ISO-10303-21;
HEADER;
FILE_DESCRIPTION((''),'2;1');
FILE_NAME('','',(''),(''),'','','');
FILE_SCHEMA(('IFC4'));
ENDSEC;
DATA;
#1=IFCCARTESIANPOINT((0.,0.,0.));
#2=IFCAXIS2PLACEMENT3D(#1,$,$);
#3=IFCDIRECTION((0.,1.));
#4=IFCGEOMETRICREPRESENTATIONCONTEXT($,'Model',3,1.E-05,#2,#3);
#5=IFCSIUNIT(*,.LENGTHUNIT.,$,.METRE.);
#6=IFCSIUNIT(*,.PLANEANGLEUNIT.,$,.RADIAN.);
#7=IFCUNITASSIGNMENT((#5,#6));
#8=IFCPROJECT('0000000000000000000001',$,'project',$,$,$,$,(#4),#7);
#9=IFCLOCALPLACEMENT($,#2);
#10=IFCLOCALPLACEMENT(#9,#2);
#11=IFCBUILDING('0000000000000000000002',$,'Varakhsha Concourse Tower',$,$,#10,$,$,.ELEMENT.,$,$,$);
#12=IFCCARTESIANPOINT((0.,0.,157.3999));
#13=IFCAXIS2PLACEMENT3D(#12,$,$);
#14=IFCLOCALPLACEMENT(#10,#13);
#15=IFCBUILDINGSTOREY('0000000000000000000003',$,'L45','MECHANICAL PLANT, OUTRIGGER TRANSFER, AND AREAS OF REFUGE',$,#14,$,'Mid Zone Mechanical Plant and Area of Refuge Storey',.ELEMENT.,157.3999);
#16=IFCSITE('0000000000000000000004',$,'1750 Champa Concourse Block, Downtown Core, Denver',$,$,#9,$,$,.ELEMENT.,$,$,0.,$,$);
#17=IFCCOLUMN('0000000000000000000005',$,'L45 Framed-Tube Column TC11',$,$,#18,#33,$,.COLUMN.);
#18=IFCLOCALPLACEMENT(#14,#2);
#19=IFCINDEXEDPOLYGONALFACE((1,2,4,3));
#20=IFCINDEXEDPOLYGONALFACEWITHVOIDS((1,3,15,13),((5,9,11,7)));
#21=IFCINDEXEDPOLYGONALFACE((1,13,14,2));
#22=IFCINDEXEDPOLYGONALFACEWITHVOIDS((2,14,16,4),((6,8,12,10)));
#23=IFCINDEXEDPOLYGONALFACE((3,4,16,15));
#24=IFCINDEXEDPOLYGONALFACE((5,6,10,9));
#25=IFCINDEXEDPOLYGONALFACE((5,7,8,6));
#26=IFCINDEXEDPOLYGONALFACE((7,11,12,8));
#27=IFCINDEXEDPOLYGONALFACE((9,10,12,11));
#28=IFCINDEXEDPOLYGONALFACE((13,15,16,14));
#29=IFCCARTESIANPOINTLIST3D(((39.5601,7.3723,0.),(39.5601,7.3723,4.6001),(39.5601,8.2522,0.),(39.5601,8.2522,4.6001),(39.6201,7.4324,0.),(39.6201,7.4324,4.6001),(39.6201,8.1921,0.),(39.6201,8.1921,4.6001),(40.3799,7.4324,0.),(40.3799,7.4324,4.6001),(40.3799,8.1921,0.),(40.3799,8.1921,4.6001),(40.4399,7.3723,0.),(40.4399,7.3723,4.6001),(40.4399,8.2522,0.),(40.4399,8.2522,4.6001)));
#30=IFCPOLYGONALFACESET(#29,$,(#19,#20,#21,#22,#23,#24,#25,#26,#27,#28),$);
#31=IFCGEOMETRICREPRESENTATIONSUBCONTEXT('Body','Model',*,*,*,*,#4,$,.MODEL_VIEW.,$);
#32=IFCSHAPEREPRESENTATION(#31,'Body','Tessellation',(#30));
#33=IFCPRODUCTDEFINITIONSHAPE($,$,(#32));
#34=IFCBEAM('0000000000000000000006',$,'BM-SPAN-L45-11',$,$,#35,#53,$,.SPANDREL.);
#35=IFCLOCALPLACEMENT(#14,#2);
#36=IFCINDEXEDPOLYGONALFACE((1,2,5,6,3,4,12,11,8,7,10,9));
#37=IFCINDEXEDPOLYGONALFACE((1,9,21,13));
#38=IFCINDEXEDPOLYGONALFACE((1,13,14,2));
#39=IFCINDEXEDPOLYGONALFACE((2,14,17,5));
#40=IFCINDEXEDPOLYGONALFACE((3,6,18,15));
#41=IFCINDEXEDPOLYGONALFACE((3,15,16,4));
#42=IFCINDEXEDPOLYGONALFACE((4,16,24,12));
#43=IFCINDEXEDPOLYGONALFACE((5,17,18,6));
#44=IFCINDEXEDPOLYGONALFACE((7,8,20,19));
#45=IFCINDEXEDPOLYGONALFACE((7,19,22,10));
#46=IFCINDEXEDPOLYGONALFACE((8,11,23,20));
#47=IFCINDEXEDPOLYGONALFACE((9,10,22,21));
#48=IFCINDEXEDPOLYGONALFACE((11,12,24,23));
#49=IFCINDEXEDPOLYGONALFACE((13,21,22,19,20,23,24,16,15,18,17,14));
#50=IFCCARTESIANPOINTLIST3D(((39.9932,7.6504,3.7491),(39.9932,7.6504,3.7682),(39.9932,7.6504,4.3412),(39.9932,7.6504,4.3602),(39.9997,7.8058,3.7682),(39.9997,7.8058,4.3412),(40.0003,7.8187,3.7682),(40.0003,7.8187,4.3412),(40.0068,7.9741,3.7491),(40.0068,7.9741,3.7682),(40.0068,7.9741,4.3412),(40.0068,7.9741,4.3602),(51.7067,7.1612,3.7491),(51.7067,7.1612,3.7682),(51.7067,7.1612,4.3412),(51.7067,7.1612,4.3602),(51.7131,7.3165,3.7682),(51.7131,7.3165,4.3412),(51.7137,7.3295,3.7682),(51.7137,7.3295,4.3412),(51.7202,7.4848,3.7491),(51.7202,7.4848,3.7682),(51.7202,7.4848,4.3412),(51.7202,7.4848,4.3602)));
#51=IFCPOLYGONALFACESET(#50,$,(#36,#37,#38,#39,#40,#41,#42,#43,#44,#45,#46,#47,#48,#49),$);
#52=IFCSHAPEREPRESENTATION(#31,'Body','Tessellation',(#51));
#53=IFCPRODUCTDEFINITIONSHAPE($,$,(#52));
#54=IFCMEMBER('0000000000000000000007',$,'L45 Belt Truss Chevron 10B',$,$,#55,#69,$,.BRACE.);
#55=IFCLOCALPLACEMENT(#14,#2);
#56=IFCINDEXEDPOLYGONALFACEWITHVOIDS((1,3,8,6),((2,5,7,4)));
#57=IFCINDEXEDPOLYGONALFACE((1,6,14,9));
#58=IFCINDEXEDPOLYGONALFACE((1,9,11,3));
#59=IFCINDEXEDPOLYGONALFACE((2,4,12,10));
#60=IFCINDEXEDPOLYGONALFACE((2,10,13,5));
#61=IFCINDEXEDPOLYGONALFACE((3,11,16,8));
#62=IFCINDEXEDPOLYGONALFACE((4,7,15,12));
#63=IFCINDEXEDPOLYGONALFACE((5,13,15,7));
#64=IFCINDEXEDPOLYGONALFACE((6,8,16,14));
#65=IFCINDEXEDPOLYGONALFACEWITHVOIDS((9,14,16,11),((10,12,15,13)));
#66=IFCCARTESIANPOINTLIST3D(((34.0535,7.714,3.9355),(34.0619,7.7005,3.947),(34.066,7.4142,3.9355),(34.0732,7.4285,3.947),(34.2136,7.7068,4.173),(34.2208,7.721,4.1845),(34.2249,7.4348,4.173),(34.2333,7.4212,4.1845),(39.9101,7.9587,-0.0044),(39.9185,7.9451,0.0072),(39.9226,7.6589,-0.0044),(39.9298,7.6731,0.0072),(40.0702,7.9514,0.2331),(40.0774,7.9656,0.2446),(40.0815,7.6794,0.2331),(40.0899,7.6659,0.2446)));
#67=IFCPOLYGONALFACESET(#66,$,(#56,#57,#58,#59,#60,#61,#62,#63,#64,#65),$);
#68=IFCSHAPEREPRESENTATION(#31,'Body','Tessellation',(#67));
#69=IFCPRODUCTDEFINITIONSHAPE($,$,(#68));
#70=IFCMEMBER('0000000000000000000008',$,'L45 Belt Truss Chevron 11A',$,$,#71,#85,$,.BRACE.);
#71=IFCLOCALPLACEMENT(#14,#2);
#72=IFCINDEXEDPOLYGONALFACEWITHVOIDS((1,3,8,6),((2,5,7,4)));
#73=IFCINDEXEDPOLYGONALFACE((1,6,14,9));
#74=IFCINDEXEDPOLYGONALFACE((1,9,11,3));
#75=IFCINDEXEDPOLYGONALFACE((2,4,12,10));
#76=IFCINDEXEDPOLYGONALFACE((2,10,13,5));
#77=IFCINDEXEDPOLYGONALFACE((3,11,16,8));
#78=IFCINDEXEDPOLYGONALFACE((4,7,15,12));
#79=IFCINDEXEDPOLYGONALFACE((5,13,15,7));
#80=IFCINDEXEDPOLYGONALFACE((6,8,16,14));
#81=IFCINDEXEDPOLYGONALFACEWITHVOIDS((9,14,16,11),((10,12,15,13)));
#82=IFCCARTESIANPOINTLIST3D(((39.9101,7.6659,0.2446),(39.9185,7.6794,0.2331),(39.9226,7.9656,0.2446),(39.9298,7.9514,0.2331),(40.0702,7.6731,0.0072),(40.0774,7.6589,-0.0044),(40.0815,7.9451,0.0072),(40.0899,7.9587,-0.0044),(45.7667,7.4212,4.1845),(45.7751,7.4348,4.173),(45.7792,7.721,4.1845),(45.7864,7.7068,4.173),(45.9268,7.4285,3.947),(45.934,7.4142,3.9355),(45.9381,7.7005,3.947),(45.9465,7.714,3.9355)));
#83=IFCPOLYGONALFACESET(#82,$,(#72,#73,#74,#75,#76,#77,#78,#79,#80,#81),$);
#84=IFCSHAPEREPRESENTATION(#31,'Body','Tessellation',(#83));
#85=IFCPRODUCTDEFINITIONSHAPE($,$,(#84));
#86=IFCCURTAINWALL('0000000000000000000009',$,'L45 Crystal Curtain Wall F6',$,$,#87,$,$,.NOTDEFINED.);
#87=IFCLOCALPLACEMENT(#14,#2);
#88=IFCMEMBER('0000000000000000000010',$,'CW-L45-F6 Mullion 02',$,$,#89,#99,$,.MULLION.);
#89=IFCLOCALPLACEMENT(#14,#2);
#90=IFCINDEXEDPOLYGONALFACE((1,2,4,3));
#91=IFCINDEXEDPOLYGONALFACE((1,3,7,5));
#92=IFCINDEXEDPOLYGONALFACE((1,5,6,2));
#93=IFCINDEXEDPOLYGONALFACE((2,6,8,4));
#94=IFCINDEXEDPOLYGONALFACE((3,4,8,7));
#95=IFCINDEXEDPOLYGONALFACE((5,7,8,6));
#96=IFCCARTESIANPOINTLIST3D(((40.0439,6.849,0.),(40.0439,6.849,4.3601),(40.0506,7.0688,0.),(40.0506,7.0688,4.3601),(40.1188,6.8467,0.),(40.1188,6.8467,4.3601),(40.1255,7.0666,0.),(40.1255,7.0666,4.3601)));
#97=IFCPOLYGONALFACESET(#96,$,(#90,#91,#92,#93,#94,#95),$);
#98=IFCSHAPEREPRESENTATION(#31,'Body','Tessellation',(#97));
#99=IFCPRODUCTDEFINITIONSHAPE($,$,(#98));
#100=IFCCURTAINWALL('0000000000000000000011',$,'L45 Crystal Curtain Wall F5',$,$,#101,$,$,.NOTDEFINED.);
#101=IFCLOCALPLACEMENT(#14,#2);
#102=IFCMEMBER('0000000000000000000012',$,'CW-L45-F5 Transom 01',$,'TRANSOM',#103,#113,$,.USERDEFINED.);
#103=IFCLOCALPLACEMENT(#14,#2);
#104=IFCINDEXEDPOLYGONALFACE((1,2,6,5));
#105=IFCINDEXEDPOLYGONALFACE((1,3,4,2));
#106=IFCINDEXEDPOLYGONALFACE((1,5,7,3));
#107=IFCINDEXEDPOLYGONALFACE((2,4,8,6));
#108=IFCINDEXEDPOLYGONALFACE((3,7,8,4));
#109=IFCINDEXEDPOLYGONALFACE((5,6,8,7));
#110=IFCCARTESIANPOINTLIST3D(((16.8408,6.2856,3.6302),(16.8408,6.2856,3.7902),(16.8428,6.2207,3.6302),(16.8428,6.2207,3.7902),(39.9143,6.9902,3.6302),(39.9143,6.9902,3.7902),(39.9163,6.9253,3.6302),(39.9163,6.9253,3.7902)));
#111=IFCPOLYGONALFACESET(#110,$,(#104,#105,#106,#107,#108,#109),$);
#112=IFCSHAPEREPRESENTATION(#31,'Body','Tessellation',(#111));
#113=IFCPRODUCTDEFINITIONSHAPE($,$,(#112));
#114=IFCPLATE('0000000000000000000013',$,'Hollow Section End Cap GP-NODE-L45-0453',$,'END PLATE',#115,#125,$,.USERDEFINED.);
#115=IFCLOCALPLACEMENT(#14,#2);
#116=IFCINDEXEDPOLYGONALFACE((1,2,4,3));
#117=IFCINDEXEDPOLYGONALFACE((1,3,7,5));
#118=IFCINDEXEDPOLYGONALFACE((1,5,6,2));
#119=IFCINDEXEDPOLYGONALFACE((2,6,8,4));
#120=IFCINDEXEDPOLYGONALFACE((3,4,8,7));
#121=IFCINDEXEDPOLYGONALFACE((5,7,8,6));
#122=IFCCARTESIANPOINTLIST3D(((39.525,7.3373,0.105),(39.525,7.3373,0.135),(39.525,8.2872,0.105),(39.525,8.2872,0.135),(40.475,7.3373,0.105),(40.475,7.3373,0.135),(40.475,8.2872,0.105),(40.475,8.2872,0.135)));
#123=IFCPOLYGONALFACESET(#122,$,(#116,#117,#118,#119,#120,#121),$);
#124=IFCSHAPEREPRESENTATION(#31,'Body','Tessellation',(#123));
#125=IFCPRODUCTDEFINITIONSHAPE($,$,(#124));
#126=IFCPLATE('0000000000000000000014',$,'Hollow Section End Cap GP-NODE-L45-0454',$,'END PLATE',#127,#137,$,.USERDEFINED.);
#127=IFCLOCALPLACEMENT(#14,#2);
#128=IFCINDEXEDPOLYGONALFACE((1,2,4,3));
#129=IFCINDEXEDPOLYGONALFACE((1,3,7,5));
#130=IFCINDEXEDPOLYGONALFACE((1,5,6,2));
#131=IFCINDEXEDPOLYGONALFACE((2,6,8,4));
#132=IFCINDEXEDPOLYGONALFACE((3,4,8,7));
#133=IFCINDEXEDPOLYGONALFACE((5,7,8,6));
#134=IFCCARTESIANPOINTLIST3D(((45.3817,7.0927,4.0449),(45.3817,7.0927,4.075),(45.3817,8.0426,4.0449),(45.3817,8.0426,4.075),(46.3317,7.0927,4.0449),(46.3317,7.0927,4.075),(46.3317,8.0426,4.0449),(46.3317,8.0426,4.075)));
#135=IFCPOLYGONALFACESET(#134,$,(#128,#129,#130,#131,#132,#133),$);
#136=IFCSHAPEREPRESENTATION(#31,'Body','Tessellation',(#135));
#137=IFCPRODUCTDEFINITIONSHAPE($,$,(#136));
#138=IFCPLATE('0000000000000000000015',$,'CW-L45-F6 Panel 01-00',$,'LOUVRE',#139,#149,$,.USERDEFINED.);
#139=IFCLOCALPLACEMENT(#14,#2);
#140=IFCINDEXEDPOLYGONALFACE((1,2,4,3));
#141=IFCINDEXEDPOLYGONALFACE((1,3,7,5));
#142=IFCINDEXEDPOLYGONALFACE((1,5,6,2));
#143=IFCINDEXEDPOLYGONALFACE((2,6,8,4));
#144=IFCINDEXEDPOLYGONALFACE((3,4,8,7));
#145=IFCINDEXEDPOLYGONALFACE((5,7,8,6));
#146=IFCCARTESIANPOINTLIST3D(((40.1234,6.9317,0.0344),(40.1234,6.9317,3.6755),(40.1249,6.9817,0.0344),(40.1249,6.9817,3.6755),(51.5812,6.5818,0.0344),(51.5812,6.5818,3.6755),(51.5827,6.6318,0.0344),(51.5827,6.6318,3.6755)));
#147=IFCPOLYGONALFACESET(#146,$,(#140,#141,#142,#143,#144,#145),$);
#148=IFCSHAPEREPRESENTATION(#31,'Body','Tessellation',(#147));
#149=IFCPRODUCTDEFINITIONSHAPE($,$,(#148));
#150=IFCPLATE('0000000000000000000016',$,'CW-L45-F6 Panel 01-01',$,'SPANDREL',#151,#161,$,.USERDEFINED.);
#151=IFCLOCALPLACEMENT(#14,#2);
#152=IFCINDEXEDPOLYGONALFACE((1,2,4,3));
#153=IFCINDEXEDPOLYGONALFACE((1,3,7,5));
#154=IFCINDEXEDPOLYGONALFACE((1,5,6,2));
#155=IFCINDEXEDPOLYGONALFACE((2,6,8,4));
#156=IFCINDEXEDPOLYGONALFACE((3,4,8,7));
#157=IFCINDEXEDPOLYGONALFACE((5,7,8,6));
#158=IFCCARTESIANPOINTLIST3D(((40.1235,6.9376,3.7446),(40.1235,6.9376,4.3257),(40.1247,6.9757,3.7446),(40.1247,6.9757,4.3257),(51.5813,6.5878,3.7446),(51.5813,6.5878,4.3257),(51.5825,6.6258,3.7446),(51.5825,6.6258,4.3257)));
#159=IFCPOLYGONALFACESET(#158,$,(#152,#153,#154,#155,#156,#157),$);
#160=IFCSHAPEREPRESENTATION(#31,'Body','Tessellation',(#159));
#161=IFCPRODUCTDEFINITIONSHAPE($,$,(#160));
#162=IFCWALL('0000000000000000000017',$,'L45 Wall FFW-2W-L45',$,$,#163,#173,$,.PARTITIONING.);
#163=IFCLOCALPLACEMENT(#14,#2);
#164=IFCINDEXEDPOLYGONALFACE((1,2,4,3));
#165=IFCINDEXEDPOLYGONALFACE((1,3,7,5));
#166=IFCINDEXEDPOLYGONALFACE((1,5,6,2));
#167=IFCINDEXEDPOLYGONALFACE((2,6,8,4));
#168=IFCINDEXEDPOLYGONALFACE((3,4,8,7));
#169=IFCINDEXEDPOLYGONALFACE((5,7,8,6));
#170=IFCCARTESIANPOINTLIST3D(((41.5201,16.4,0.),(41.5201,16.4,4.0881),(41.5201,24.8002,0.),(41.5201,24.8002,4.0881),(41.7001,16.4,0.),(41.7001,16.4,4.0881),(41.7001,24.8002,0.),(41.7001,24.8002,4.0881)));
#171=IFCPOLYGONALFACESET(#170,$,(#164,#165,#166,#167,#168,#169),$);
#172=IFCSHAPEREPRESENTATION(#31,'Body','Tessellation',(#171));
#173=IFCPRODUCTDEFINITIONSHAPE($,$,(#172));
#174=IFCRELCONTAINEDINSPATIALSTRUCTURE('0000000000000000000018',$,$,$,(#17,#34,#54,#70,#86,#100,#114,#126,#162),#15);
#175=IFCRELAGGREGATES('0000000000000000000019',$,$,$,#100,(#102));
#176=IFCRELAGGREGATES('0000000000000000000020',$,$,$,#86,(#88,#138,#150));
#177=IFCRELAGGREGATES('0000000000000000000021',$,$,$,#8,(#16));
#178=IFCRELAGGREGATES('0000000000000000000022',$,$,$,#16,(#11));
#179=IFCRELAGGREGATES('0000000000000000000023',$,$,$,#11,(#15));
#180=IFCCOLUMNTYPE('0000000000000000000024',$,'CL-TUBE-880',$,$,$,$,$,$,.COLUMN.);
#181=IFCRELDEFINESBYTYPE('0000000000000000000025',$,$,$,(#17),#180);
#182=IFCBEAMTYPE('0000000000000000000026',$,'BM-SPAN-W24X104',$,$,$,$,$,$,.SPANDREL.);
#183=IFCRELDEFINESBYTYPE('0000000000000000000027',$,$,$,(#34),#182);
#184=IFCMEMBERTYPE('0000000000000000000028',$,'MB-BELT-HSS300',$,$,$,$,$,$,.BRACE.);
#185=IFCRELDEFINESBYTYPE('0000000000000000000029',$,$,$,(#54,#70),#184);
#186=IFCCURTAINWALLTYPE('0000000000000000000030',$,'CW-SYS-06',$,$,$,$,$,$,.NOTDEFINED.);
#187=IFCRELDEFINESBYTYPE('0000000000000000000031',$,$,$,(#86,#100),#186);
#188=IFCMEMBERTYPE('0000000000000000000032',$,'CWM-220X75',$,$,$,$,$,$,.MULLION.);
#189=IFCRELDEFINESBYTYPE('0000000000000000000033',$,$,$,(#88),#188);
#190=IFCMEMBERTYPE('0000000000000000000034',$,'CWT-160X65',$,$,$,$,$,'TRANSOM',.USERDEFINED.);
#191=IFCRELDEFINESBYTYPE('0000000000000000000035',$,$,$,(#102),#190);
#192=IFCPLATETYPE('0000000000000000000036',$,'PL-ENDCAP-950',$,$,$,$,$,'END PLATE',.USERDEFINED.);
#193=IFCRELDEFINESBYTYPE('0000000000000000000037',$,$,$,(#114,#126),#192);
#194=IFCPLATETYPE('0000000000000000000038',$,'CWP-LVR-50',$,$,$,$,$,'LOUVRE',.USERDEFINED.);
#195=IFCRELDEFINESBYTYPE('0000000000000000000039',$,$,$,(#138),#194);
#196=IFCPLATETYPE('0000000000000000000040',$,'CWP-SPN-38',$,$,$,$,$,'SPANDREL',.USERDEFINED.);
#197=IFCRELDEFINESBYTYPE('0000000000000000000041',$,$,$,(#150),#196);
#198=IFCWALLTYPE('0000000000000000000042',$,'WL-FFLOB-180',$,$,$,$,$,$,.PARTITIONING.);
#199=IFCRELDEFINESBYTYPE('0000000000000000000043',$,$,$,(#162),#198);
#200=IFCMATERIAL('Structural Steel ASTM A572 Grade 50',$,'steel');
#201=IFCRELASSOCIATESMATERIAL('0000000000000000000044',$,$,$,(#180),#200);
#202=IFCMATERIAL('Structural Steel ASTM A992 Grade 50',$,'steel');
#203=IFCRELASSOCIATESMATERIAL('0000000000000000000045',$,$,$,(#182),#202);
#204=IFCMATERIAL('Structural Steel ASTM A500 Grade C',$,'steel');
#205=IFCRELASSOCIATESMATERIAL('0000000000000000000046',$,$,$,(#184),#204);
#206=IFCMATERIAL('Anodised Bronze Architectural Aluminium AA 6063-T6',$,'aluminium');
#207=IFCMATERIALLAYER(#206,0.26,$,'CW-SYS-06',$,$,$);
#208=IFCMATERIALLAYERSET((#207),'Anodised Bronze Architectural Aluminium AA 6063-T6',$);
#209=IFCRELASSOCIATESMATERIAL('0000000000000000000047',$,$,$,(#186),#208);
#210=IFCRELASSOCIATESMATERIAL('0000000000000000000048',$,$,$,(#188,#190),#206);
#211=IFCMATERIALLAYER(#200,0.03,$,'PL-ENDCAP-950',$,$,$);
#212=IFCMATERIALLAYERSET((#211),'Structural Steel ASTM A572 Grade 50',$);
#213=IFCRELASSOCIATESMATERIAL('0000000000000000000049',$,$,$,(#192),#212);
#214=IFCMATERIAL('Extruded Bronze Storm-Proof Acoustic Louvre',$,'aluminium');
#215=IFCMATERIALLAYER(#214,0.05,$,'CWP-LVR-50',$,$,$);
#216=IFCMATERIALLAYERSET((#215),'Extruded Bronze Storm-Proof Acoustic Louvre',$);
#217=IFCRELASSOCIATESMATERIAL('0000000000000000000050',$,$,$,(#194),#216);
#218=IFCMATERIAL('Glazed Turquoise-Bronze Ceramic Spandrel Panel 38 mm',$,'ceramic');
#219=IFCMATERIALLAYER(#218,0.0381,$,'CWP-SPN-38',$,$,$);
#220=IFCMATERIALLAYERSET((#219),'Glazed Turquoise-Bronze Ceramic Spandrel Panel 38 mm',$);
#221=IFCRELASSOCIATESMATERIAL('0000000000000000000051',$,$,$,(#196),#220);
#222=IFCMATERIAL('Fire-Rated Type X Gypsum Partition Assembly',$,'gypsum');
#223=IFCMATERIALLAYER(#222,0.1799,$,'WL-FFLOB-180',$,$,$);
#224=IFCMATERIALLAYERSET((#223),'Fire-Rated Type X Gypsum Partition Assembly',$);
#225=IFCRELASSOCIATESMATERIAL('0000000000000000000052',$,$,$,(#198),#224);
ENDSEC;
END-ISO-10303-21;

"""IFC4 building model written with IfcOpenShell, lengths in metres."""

from ifc_helpers import new_model, si_unit, direction, frame, frame_2d, origin, origin_2d, place, context, subcontext, project, spatial, rectangle, hollow_rectangle, i_section, extrude, source, transform, mapped, material, layer, layer_set, material_profile, profile_set, type_object, type_shapes, element, aggregate, save


model = new_model("IFC4")

# Units and contexts
model_context = context("Model", 3, precision=1e-05, world=origin(), true_north=direction((0.0, 1.0)))
body_context = subcontext(model_context, "Body", "Model", "MODEL_VIEW")
ifc_project = project(units=[si_unit("LENGTHUNIT", "METRE"), si_unit("PLANEANGLEUNIT", "RADIAN")], contexts=[model_context])

# Site, building, storey
site_placement = place(None, origin())
site = spatial("IfcSite", under=ifc_project, at=site_placement, Name="1750 Champa Concourse Block, Downtown Core, Denver", CompositionType="ELEMENT", RefElevation=0.0)
building_placement = place(site_placement, origin())
building = spatial("IfcBuilding", under=site, at=building_placement, Name="Varakhsha Concourse Tower", CompositionType="ELEMENT")
storey_placement = place(building_placement, frame((0.0, 0.0, 157.3999)))
storey = spatial("IfcBuildingStorey", under=building, at=storey_placement, Name="L45", Description="MECHANICAL PLANT, OUTRIGGER TRANSFER, AND AREAS OF REFUGE", LongName="Mid Zone Mechanical Plant and Area of Refuge Storey", CompositionType="ELEMENT", Elevation=157.3999)

# Column
ifc_material_1 = material(Name="Structural Steel ASTM A572 Grade 50", Category="steel")
ifc_material_profile_1 = material_profile(ifc_material_1, hollow_rectangle(XDim=0.8799, YDim=0.8799, WallThickness=0.0601, at=origin_2d()), Name="BOX 880x880x60")
ifc_profile_set_1 = profile_set([ifc_material_profile_1], Name="Structural Steel ASTM A572 Grade 50")
column_type = type_object("IfcColumnType", Name="CL-TUBE-880", PredefinedType="COLUMN", material=ifc_profile_set_1)
column_placement = place(storey_placement, frame((40.0, 7.8123, 0.0), z_axis=(0.0, 0.0, 1.0), x_axis=(1.0, 0.0, 0.0)))
element("IfcColumn", 1, at=column_placement, inside=storey, type_object=column_type, Name="L45 Framed-Tube Column TC11", PredefinedType="COLUMN", context=body_context, shape_type="SweptSolid", body=[
    extrude(hollow_rectangle(XDim=0.8799, YDim=0.8799, WallThickness=0.0601, at=origin_2d()), origin(), (0.0, 0.0, 1.0), 4.6001),
])

# Beam
ifc_material_2 = material(Name="Structural Steel ASTM A992 Grade 50", Category="steel")
ifc_material_profile_2 = material_profile(ifc_material_2, i_section(OverallWidth=0.324, OverallDepth=0.6111, WebThickness=0.0129, FlangeThickness=0.019, at=origin_2d()), Name="W24X104")
ifc_profile_set_2 = profile_set([ifc_material_profile_2], Name="Structural Steel ASTM A992 Grade 50")
beam_type = type_object("IfcBeamType", Name="BM-SPAN-W24X104", PredefinedType="SPANDREL", material=ifc_profile_set_2)
beam_placement = place(storey_placement, frame((40.0, 7.8123, 4.0547), z_axis=(0.999129, -0.041733, 0.0), x_axis=(0.041733, 0.999129, 0.0)))
element("IfcBeam", 2, at=beam_placement, inside=storey, type_object=beam_type, Name="BM-SPAN-L45-11", PredefinedType="SPANDREL", context=body_context, shape_type="SweptSolid", body=[
    extrude(i_section(OverallWidth=0.324, OverallDepth=0.6111, WebThickness=0.0129, FlangeThickness=0.019, at=origin_2d()), origin(), (0.0, 0.0, 1.0), 11.7236),
])

# Members
ifc_material_3 = material(Name="Structural Steel ASTM A500 Grade C", Category="steel")
ifc_material_profile_3 = material_profile(ifc_material_3, hollow_rectangle(XDim=0.3, YDim=0.3, WallThickness=0.0139, at=origin_2d()), Name="HSS 300x300x14")
ifc_profile_set_3 = profile_set([ifc_material_profile_3], Name="Structural Steel ASTM A500 Grade C")
member_type_1 = type_object("IfcMemberType", Name="MB-BELT-HSS300", PredefinedType="BRACE", material=ifc_profile_set_3)
shared_shape_1 = source(origin(), body_context, "Body", "SweptSolid", [
    extrude(hollow_rectangle(XDim=0.3, YDim=0.3, WallThickness=0.0139, at=origin_2d()), origin(), (0.0, 0.0, 1.0), 7.0627),
])
type_shapes(member_type_1, [shared_shape_1])
for number, where, z_axis, x_axis, name in (
    (3, (40.0, 7.8123, 0.1201), (-0.829225, -0.034636, 0.55784), (0.041733, -0.999129, 0.0), "L45 Belt Truss Chevron 10B"),
    (4, (40.0, 7.8123, 0.1201), (0.829225, -0.034636, 0.55784), (0.041733, 0.999129, 0.0), "L45 Belt Truss Chevron 11A"),
):
    element("IfcMember", number, at=place(storey_placement, frame(where, z_axis=z_axis, x_axis=x_axis)), inside=storey, type_object=member_type_1, Name=name, PredefinedType="BRACE", context=body_context, shape_type="MappedRepresentation", body=[
        mapped(shared_shape_1, transform((0.0, 0.0, 0.0), scale=1.0)),
    ])

# Curtain walls, members
ifc_material_4 = material(Name="Anodised Bronze Architectural Aluminium AA 6063-T6", Category="aluminium")
ifc_layer_1 = layer(ifc_material_4, 0.26, Name="CW-SYS-06")
ifc_layer_set_1 = layer_set([ifc_layer_1], Name="Anodised Bronze Architectural Aluminium AA 6063-T6")
curtain_wall_type = type_object("IfcCurtainWallType", Name="CW-SYS-06", PredefinedType="NOTDEFINED", material=ifc_layer_set_1)
curtain_wall_1_placement = place(storey_placement, origin())
curtain_wall_1 = element("IfcCurtainWall", 5, at=curtain_wall_1_placement, inside=storey, type_object=curtain_wall_type, Name="L45 Crystal Curtain Wall F6", PredefinedType="NOTDEFINED")
ifc_material_profile_4 = material_profile(ifc_material_4, rectangle(XDim=0.075, YDim=0.22, at=origin_2d()), Name="CWM-220X75")
ifc_profile_set_4 = profile_set([ifc_material_profile_4], Name="Anodised Bronze Architectural Aluminium AA 6063-T6")
member_type_2 = type_object("IfcMemberType", Name="CWM-220X75", PredefinedType="MULLION", material=ifc_profile_set_4)
shared_shape_2 = source(origin(), body_context, "Body", "SweptSolid", [
    extrude(rectangle(XDim=0.075, YDim=0.22, at=origin_2d()), origin(), (0.0, 0.0, 1.0), 4.3601),
])
type_shapes(member_type_2, [shared_shape_2])
member_1_placement = place(storey_placement, frame((40.0847, 6.9578, 0.0), z_axis=(0.0, 0.0, 1.0), x_axis=(-0.999534, 0.030523, 0.0)))
member_1 = element("IfcMember", 6, at=member_1_placement, type_object=member_type_2, Name="CW-L45-F6 Mullion 02", PredefinedType="MULLION", context=body_context, shape_type="MappedRepresentation", body=[
    mapped(shared_shape_2, transform((0.0, 0.0, 0.0), scale=1.0)),
])
curtain_wall_2_placement = place(storey_placement, origin())
curtain_wall_2 = element("IfcCurtainWall", 7, at=curtain_wall_2_placement, inside=storey, type_object=curtain_wall_type, Name="L45 Crystal Curtain Wall F5", PredefinedType="NOTDEFINED")
ifc_material_profile_5 = material_profile(ifc_material_4, rectangle(XDim=0.0649, YDim=0.1599, at=origin_2d()), Name="CWT-160X65")
ifc_profile_set_5 = profile_set([ifc_material_profile_5], Name="Anodised Bronze Architectural Aluminium AA 6063-T6")
member_type_3 = type_object("IfcMemberType", Name="CWT-160X65", ElementType="TRANSOM", PredefinedType="USERDEFINED", material=ifc_profile_set_5)
shared_shape_3 = source(origin(), body_context, "Body", "SweptSolid", [
    extrude(rectangle(XDim=0.0649, YDim=0.1599, at=origin_2d()), origin(), (0.0, 0.0, 1.0), 23.0842),
])
type_shapes(member_type_3, [shared_shape_3])
member_2_placement = place(storey_placement, frame((39.9153, 6.9578, 3.7102), z_axis=(-0.999534, -0.030523, 0.0), x_axis=(0.030523, -0.999534, 0.0)))
member_2 = element("IfcMember", 8, at=member_2_placement, type_object=member_type_3, Name="CW-L45-F5 Transom 01", ObjectType="TRANSOM", PredefinedType="USERDEFINED", context=body_context, shape_type="MappedRepresentation", body=[
    mapped(shared_shape_3, transform((0.0, 0.0, 0.0), scale=1.0)),
])
aggregate(curtain_wall_2, [member_2])

# Plates
ifc_layer_2 = layer(ifc_material_1, 0.03, Name="PL-ENDCAP-950")
ifc_layer_set_2 = layer_set([ifc_layer_2], Name="Structural Steel ASTM A572 Grade 50")
plate_type_1 = type_object("IfcPlateType", Name="PL-ENDCAP-950", ElementType="END PLATE", PredefinedType="USERDEFINED", material=ifc_layer_set_2)
shared_shape_4 = source(origin(), body_context, "Body", "SweptSolid", [
    extrude(rectangle(XDim=0.95, YDim=0.95, at=origin_2d()), origin(), (0.0, 0.0, 1.0), 0.03),
])
type_shapes(plate_type_1, [shared_shape_4])
for number, where, z_axis, x_axis, name in (
    (9, (40.0, 7.8123, 0.105), (0.0, 0.0, 1.0), (1.0, 0.0, 0.0), "Hollow Section End Cap GP-NODE-L45-0453"),
    (10, (45.8567, 7.5676, 4.0449), (0.0, 0.0, 1.0), (1.0, 0.0, 0.0), "Hollow Section End Cap GP-NODE-L45-0454"),
):
    element("IfcPlate", number, at=place(storey_placement, frame(where, z_axis=z_axis, x_axis=x_axis)), inside=storey, type_object=plate_type_1, Name=name, ObjectType="END PLATE", PredefinedType="USERDEFINED", context=body_context, shape_type="MappedRepresentation", body=[
        mapped(shared_shape_4, transform((0.0, 0.0, 0.0), scale=1.0)),
    ])

# Plates
ifc_material_5 = material(Name="Extruded Bronze Storm-Proof Acoustic Louvre", Category="aluminium")
ifc_layer_3 = layer(ifc_material_5, 0.05, Name="CWP-LVR-50")
ifc_layer_set_3 = layer_set([ifc_layer_3], Name="Extruded Bronze Storm-Proof Acoustic Louvre")
plate_type_2 = type_object("IfcPlateType", Name="CWP-LVR-50", ElementType="LOUVRE", PredefinedType="USERDEFINED", material=ifc_layer_set_3)
shared_shape_5 = source(origin(), body_context, "Body", "SweptSolid", [
    extrude(rectangle(XDim=11.4631, YDim=0.05, at=origin_2d()), origin(), (0.0, 0.0, 1.0), 3.6411),
])
type_shapes(plate_type_2, [shared_shape_5])
plate_1_placement = place(storey_placement, frame((45.853, 6.7817, 0.0344), z_axis=(0.0, 0.0, 1.0), x_axis=(-0.999534, 0.030523, 0.0)))
plate_1 = element("IfcPlate", 11, at=plate_1_placement, type_object=plate_type_2, Name="CW-L45-F6 Panel 01-00", ObjectType="LOUVRE", PredefinedType="USERDEFINED", context=body_context, shape_type="MappedRepresentation", body=[
    mapped(shared_shape_5, transform((0.0, 0.0, 0.0), scale=1.0)),
])
ifc_material_6 = material(Name="Glazed Turquoise-Bronze Ceramic Spandrel Panel 38 mm", Category="ceramic")
ifc_layer_4 = layer(ifc_material_6, 0.0381, Name="CWP-SPN-38")
ifc_layer_set_4 = layer_set([ifc_layer_4], Name="Glazed Turquoise-Bronze Ceramic Spandrel Panel 38 mm")
plate_type_3 = type_object("IfcPlateType", Name="CWP-SPN-38", ElementType="SPANDREL", PredefinedType="USERDEFINED", material=ifc_layer_set_4)
shared_shape_6 = source(origin(), body_context, "Body", "SweptSolid", [
    extrude(rectangle(XDim=11.4631, YDim=0.0381, at=origin_2d()), origin(), (0.0, 0.0, 1.0), 0.5811),
])
type_shapes(plate_type_3, [shared_shape_6])
plate_2_placement = place(storey_placement, frame((45.853, 6.7817, 3.7446), z_axis=(0.0, 0.0, 1.0), x_axis=(-0.999534, 0.030523, 0.0)))
plate_2 = element("IfcPlate", 12, at=plate_2_placement, type_object=plate_type_3, Name="CW-L45-F6 Panel 01-01", ObjectType="SPANDREL", PredefinedType="USERDEFINED", context=body_context, shape_type="MappedRepresentation", body=[
    mapped(shared_shape_6, transform((0.0, 0.0, 0.0), scale=1.0)),
])
aggregate(curtain_wall_1, [member_1, plate_1, plate_2])

# Wall
ifc_material_7 = material(Name="Fire-Rated Type X Gypsum Partition Assembly", Category="gypsum")
ifc_layer_5 = layer(ifc_material_7, 0.1799, Name="WL-FFLOB-180")
ifc_layer_set_5 = layer_set([ifc_layer_5], Name="Fire-Rated Type X Gypsum Partition Assembly")
wall_type_1 = type_object("IfcWallType", Name="WL-FFLOB-180", PredefinedType="PARTITIONING", material=ifc_layer_set_5)
wall_1_placement = place(storey_placement, frame((41.6101, 16.3999, 0.0), z_axis=(0.0, 0.0, 1.0), x_axis=(0.0, 1.0, 0.0)))
element("IfcWall", 13, at=wall_1_placement, inside=storey, type_object=wall_type_1, Name="L45 Wall FFW-2W-L45", PredefinedType="PARTITIONING", context=body_context, shape_type="SweptSolid", body=[
    extrude(rectangle(XDim=8.4001, YDim=0.1799, at=frame_2d((4.2002, 0.0))), origin(), (0.0, 0.0, 1.0), 4.0881),
])

save(model, "model.ifc")
